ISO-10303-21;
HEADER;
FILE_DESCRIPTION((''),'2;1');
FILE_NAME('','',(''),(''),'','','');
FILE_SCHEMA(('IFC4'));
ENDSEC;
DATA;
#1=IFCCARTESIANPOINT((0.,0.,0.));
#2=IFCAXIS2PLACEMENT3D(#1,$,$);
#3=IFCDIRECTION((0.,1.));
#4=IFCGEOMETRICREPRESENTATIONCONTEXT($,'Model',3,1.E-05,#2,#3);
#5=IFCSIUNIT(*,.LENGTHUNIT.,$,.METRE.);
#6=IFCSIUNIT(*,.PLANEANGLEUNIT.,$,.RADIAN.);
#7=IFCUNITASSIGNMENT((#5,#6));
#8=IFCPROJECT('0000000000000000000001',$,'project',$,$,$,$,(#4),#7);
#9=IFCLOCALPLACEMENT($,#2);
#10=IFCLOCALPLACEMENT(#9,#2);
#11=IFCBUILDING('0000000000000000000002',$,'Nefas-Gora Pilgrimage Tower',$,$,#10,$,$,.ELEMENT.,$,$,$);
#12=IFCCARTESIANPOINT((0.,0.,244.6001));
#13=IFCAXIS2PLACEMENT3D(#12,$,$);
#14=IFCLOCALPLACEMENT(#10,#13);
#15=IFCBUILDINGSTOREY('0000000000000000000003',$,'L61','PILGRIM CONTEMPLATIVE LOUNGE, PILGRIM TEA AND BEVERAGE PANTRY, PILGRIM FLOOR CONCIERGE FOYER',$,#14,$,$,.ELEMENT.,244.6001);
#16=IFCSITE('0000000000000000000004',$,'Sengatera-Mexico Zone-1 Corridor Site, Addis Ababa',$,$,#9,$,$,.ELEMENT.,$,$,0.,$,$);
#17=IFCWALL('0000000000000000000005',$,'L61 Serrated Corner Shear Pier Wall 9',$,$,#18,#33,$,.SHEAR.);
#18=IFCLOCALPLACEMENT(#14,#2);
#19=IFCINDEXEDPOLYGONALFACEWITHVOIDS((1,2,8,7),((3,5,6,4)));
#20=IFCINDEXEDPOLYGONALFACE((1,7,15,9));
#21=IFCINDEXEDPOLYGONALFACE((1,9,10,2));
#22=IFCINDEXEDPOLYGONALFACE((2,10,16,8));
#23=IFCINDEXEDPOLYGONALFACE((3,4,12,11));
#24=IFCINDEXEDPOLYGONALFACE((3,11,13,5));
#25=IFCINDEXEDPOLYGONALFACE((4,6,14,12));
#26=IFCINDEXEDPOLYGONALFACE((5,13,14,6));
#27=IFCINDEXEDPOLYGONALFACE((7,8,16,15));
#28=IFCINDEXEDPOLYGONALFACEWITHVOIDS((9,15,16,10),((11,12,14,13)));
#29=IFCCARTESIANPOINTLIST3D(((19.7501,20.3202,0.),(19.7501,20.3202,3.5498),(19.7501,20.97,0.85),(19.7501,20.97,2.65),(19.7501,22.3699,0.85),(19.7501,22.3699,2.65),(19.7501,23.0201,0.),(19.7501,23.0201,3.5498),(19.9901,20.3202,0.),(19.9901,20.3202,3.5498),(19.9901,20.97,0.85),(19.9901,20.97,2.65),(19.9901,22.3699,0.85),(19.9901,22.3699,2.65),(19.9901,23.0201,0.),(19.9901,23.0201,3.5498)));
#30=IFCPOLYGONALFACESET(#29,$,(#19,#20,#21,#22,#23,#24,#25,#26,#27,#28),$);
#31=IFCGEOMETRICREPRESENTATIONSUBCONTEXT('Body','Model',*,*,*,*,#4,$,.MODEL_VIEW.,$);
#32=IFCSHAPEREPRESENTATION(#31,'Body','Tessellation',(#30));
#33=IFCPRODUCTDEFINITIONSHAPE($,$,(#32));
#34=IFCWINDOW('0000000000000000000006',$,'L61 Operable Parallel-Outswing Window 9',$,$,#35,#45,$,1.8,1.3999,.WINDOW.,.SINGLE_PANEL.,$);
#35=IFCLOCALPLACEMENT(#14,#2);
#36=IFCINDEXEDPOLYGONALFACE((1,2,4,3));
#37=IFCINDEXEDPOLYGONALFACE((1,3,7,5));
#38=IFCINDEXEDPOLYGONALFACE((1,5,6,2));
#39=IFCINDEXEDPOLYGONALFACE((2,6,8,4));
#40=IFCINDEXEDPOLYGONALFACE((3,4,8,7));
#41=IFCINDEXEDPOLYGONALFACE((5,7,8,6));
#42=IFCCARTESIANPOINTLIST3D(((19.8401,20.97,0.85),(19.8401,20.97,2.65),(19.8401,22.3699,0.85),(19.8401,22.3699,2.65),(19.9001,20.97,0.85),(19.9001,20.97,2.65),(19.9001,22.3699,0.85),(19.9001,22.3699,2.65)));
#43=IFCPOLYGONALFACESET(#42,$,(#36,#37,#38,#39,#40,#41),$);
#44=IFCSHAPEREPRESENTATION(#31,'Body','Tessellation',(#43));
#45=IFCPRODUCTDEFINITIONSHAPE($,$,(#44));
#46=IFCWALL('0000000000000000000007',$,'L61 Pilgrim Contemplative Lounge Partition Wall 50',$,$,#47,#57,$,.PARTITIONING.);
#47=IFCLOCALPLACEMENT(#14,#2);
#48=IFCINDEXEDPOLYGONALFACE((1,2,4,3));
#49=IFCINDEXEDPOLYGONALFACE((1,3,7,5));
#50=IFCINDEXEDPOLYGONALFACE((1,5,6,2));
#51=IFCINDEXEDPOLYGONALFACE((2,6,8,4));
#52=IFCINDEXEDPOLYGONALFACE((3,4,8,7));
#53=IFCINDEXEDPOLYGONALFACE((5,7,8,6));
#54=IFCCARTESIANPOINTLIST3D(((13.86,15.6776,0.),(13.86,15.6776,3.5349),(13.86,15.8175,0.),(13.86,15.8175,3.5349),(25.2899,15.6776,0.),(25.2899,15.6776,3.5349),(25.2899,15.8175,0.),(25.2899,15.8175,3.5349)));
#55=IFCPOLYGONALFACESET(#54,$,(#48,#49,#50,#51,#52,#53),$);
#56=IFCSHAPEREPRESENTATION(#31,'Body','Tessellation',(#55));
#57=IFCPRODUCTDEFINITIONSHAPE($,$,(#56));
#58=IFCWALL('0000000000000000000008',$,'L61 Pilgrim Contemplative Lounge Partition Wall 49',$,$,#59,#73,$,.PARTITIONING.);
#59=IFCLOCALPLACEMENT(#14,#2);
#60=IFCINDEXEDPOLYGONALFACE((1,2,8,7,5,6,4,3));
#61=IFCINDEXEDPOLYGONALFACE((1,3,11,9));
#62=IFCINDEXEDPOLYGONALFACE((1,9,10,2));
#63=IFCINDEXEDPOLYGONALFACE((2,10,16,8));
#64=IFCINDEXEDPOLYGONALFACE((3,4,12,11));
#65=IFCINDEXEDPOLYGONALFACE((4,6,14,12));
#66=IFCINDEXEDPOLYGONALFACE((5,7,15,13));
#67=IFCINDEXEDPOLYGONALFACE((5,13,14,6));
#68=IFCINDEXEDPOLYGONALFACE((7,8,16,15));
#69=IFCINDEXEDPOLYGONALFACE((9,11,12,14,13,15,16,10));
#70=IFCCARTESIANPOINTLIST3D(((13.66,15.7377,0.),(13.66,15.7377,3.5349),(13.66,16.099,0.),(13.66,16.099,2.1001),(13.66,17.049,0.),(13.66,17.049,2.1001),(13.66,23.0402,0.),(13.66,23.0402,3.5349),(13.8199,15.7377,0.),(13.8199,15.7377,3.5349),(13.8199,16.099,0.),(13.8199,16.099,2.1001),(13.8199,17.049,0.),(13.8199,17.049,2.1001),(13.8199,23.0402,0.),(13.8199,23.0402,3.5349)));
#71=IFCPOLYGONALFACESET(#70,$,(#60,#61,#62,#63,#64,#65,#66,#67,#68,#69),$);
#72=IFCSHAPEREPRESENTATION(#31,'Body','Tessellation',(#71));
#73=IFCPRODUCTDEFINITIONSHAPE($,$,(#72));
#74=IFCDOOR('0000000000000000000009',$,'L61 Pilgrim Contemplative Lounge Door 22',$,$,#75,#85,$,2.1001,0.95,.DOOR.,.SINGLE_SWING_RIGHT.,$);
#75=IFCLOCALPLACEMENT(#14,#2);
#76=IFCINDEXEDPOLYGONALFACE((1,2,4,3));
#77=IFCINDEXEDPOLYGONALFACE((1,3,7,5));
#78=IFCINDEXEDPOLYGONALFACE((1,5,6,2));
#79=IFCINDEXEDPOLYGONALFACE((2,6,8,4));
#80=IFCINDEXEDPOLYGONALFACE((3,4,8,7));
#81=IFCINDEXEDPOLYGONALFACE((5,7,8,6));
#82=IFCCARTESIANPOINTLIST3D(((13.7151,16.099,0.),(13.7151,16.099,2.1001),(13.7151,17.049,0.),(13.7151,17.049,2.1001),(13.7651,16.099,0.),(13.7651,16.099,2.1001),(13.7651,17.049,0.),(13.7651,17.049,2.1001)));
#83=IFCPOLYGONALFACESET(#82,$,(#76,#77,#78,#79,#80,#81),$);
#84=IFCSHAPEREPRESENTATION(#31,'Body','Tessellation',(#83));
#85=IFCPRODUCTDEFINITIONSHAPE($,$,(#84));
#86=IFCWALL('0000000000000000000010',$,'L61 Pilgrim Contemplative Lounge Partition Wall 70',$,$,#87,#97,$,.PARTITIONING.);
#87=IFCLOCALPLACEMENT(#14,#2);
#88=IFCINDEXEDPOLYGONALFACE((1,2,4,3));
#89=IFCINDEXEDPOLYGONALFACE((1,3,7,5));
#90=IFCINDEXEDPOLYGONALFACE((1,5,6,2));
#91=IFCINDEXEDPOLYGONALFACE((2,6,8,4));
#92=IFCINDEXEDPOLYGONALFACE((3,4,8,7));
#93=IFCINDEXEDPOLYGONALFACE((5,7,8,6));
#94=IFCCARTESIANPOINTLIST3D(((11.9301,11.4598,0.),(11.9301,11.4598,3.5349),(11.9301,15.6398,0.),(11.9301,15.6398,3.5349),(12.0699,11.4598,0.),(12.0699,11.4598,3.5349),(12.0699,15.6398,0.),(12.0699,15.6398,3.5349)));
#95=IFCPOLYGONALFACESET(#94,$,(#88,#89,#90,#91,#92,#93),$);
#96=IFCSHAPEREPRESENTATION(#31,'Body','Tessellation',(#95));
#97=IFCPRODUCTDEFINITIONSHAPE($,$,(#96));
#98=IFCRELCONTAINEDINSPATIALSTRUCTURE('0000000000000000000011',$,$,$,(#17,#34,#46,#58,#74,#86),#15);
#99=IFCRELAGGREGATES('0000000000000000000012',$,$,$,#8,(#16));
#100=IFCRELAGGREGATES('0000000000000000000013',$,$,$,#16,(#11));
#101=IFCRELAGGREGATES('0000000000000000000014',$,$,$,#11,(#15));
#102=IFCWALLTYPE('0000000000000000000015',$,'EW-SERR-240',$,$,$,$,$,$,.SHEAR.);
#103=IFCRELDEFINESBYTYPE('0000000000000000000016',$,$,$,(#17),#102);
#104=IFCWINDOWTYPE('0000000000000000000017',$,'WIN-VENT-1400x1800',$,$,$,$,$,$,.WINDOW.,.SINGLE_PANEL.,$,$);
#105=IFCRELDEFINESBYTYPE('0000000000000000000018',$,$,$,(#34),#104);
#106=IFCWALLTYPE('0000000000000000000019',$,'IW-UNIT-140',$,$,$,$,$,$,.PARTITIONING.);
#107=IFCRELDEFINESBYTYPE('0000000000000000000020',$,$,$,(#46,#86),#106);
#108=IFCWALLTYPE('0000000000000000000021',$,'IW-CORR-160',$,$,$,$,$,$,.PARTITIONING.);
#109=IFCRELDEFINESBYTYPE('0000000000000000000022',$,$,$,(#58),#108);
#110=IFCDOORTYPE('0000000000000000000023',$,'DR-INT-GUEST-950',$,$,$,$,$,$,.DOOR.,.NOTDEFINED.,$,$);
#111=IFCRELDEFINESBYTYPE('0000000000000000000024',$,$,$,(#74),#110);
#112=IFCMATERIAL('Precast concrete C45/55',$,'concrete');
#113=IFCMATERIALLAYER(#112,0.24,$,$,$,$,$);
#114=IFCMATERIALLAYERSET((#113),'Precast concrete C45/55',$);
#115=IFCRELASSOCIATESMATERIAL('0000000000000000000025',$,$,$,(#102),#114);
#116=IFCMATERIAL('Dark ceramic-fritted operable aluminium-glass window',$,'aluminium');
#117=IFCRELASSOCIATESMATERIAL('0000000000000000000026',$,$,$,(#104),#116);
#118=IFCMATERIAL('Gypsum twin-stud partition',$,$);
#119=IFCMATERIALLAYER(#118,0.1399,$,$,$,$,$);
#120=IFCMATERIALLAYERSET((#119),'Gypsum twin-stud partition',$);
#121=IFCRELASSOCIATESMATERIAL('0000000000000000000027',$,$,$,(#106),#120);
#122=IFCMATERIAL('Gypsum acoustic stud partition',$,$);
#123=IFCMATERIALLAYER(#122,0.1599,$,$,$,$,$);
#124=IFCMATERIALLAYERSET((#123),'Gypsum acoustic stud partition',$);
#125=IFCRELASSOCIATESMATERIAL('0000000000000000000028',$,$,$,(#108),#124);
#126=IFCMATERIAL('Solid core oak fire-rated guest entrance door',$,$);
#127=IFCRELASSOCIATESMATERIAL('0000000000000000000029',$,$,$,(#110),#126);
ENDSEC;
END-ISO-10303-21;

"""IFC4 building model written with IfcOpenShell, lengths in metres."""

from ifc_helpers import new_model, si_unit, direction, frame, frame_2d, origin, place, context, subcontext, project, spatial, rectangle, extrude, source, transform, mapped, material, layer, layer_set, type_object, element, fill, save


model = new_model("IFC4")

# Units and contexts
model_context = context("Model", 3, precision=1e-05, world=origin(), true_north=direction((0.0, 1.0)))
body_context = subcontext(model_context, "Body", "Model", "MODEL_VIEW")
ifc_project = project(units=[si_unit("LENGTHUNIT", "METRE"), si_unit("PLANEANGLEUNIT", "RADIAN")], contexts=[model_context])

# Site, building, storey
site_placement = place(None, origin())
site = spatial("IfcSite", under=ifc_project, at=site_placement, Name="Sengatera-Mexico Zone-1 Corridor Site, Addis Ababa", CompositionType="ELEMENT", RefElevation=0.0)
building_placement = place(site_placement, origin())
building = spatial("IfcBuilding", under=site, at=building_placement, Name="Nefas-Gora Pilgrimage Tower", CompositionType="ELEMENT")
storey_placement = place(building_placement, frame((0.0, 0.0, 244.6001)))
storey = spatial("IfcBuildingStorey", under=building, at=storey_placement, Name="L61", Description="PILGRIM CONTEMPLATIVE LOUNGE, PILGRIM TEA AND BEVERAGE PANTRY, PILGRIM FLOOR CONCIERGE FOYER", CompositionType="ELEMENT", Elevation=244.6001)

# Shared definitions
ifc_material_1 = material(Name="Precast concrete C45/55", Category="concrete")
ifc_layer_1 = layer(ifc_material_1, 0.24)
ifc_layer_set_1 = layer_set([ifc_layer_1], Name="Precast concrete C45/55")
wall_type_1 = type_object("IfcWallType", Name="EW-SERR-240", PredefinedType="SHEAR", material=ifc_layer_set_1)
shared_shape_1 = source(origin(), body_context, "Body", "SweptSolid", [
    extrude(rectangle(XDim=2.7, YDim=0.24, at=frame_2d((1.3501, 0.0))), origin(), (0.0, 0.0, 1.0), 3.5498),
])

# Wall, opening, window
wall_1_placement = place(storey_placement, frame((19.8701, 20.3201, 0.0), z_axis=(0.0, 0.0, 1.0), x_axis=(0.0, 1.0, 0.0)))
wall_1 = element("IfcWall", 1, at=wall_1_placement, inside=storey, type_object=wall_type_1, Name="L61 Serrated Corner Shear Pier Wall 9", PredefinedType="SHEAR", context=body_context, shape_type="MappedRepresentation", body=[
    mapped(shared_shape_1, transform((0.0, 0.0, 0.0), x_axis=(1.0, 0.0, 0.0), y_axis=(0.0, 1.0, 0.0), z_axis=(0.0, 0.0, 1.0), scale=1.0)),
])
opening_1_placement = place(wall_1_placement, frame((0.6499, 0.0, 0.8501)))
opening_1 = element("IfcOpeningElement", 2, at=opening_1_placement, cuts=wall_1, PredefinedType="OPENING", context=body_context, shape_type="SweptSolid", body=[
    extrude(rectangle(XDim=1.3999, YDim=1.8, at=frame_2d((0.7, 0.8999))), frame((0.0, 0.1299, 0.0), z_axis=(0.0, -1.0, 0.0), x_axis=(1.0, 0.0, 0.0)), (0.0, 0.0, 1.0), 0.26),
])
ifc_material_2 = material(Name="Dark ceramic-fritted operable aluminium-glass window", Category="aluminium")
window_type = type_object("IfcWindowType", Name="WIN-VENT-1400x1800", PartitioningType="SINGLE_PANEL", PredefinedType="WINDOW", material=ifc_material_2)
shared_shape_2 = source(origin(), body_context, "Body", "SweptSolid", [
    extrude(rectangle(XDim=1.3999, YDim=1.8, at=frame_2d((0.7, 0.8999))), frame((0.0, 0.03, 0.0), z_axis=(0.0, -1.0, 0.0), x_axis=(1.0, 0.0, 0.0)), (0.0, 0.0, 1.0), 0.0601),
])
window_placement = place(opening_1_placement, origin())
window = element("IfcWindow", 3, at=window_placement, inside=storey, type_object=window_type, Name="L61 Operable Parallel-Outswing Window 9", OverallHeight=1.8, OverallWidth=1.3999, PartitioningType="SINGLE_PANEL", PredefinedType="WINDOW", context=body_context, shape_type="MappedRepresentation", body=[
    mapped(shared_shape_2, transform((0.0, 0.0, 0.0), x_axis=(1.0, 0.0, 0.0), y_axis=(0.0, 1.0, 0.0), z_axis=(0.0, 0.0, 1.0), scale=1.0)),
])
fill(opening_1, window)

# Wall
ifc_material_3 = material(Name="Gypsum twin-stud partition")
ifc_layer_2 = layer(ifc_material_3, 0.1399)
ifc_layer_set_2 = layer_set([ifc_layer_2], Name="Gypsum twin-stud partition")
wall_type_2 = type_object("IfcWallType", Name="IW-UNIT-140", PredefinedType="PARTITIONING", material=ifc_layer_set_2)
shared_shape_3 = source(origin(), body_context, "Body", "SweptSolid", [
    extrude(rectangle(XDim=11.4299, YDim=0.1399, at=frame_2d((5.7148, 0.0))), origin(), (0.0, 0.0, 1.0), 3.5349),
])
wall_2_placement = place(storey_placement, frame((13.8601, 15.7476, 0.0), z_axis=(0.0, 0.0, 1.0), x_axis=(1.0, 0.0, 0.0)))
element("IfcWall", 4, at=wall_2_placement, inside=storey, type_object=wall_type_2, Name="L61 Pilgrim Contemplative Lounge Partition Wall 50", PredefinedType="PARTITIONING", context=body_context, shape_type="MappedRepresentation", body=[
    mapped(shared_shape_3, transform((0.0, 0.0, 0.0), x_axis=(1.0, 0.0, 0.0), y_axis=(0.0, 1.0, 0.0), z_axis=(0.0, 0.0, 1.0), scale=1.0)),
])

# Wall, opening, door
ifc_material_4 = material(Name="Gypsum acoustic stud partition")
ifc_layer_3 = layer(ifc_material_4, 0.1599)
ifc_layer_set_3 = layer_set([ifc_layer_3], Name="Gypsum acoustic stud partition")
wall_type_3 = type_object("IfcWallType", Name="IW-CORR-160", PredefinedType="PARTITIONING", material=ifc_layer_set_3)
shared_shape_4 = source(origin(), body_context, "Body", "SweptSolid", [
    extrude(rectangle(XDim=7.3025, YDim=0.1599, at=frame_2d((3.6514, 0.0))), origin(), (0.0, 0.0, 1.0), 3.5349),
])
wall_3_placement = place(storey_placement, frame((13.74, 15.7375, 0.0), z_axis=(0.0, 0.0, 1.0), x_axis=(0.0, 1.0, 0.0)))
wall_3 = element("IfcWall", 5, at=wall_3_placement, inside=storey, type_object=wall_type_3, Name="L61 Pilgrim Contemplative Lounge Partition Wall 49", PredefinedType="PARTITIONING", context=body_context, shape_type="MappedRepresentation", body=[
    mapped(shared_shape_4, transform((0.0, 0.0, 0.0), x_axis=(1.0, 0.0, 0.0), y_axis=(0.0, 1.0, 0.0), z_axis=(0.0, 0.0, 1.0), scale=1.0)),
])
opening_2_placement = place(wall_3_placement, frame((0.3613, 0.0, 0.0)))
opening_2 = element("IfcOpeningElement", 6, at=opening_2_placement, cuts=wall_3, PredefinedType="OPENING", context=body_context, shape_type="SweptSolid", body=[
    extrude(rectangle(XDim=0.95, YDim=2.1001, at=frame_2d((0.4751, 1.05))), frame((0.0, 0.0898, 0.0), z_axis=(0.0, -1.0, 0.0), x_axis=(1.0, 0.0, 0.0)), (0.0, 0.0, 1.0), 0.1799),
])
ifc_material_5 = material(Name="Solid core oak fire-rated guest entrance door")
door_type = type_object("IfcDoorType", Name="DR-INT-GUEST-950", OperationType="NOTDEFINED", PredefinedType="DOOR", material=ifc_material_5)
shared_shape_5 = source(origin(), body_context, "Body", "SweptSolid", [
    extrude(rectangle(XDim=0.95, YDim=2.1001, at=frame_2d((0.4751, 1.05))), frame((0.0, 0.0249, 0.0), z_axis=(0.0, -1.0, 0.0), x_axis=(1.0, 0.0, 0.0)), (0.0, 0.0, 1.0), 0.05),
])
door_placement = place(opening_2_placement, origin())
door = element("IfcDoor", 7, at=door_placement, inside=storey, type_object=door_type, Name="L61 Pilgrim Contemplative Lounge Door 22", OperationType="SINGLE_SWING_RIGHT", OverallHeight=2.1001, OverallWidth=0.95, PredefinedType="DOOR", context=body_context, shape_type="MappedRepresentation", body=[
    mapped(shared_shape_5, transform((0.0, 0.0, 0.0), x_axis=(1.0, 0.0, 0.0), y_axis=(0.0, 1.0, 0.0), z_axis=(0.0, 0.0, 1.0), scale=1.0)),
])
fill(opening_2, door)

# Wall
shared_shape_6 = source(origin(), body_context, "Body", "SweptSolid", [
    extrude(rectangle(XDim=4.1799, YDim=0.1399, at=frame_2d((2.0898, 0.0))), origin(), (0.0, 0.0, 1.0), 3.5349),
])
wall_4_placement = place(storey_placement, frame((12.0, 11.46, 0.0), z_axis=(0.0, 0.0, 1.0), x_axis=(0.0, 1.0, 0.0)))
element("IfcWall", 8, at=wall_4_placement, inside=storey, type_object=wall_type_2, Name="L61 Pilgrim Contemplative Lounge Partition Wall 70", PredefinedType="PARTITIONING", context=body_context, shape_type="MappedRepresentation", body=[
    mapped(shared_shape_6, transform((0.0, 0.0, 0.0), x_axis=(1.0, 0.0, 0.0), y_axis=(0.0, 1.0, 0.0), z_axis=(0.0, 0.0, 1.0), scale=1.0)),
])

save(model, "model.ifc")
